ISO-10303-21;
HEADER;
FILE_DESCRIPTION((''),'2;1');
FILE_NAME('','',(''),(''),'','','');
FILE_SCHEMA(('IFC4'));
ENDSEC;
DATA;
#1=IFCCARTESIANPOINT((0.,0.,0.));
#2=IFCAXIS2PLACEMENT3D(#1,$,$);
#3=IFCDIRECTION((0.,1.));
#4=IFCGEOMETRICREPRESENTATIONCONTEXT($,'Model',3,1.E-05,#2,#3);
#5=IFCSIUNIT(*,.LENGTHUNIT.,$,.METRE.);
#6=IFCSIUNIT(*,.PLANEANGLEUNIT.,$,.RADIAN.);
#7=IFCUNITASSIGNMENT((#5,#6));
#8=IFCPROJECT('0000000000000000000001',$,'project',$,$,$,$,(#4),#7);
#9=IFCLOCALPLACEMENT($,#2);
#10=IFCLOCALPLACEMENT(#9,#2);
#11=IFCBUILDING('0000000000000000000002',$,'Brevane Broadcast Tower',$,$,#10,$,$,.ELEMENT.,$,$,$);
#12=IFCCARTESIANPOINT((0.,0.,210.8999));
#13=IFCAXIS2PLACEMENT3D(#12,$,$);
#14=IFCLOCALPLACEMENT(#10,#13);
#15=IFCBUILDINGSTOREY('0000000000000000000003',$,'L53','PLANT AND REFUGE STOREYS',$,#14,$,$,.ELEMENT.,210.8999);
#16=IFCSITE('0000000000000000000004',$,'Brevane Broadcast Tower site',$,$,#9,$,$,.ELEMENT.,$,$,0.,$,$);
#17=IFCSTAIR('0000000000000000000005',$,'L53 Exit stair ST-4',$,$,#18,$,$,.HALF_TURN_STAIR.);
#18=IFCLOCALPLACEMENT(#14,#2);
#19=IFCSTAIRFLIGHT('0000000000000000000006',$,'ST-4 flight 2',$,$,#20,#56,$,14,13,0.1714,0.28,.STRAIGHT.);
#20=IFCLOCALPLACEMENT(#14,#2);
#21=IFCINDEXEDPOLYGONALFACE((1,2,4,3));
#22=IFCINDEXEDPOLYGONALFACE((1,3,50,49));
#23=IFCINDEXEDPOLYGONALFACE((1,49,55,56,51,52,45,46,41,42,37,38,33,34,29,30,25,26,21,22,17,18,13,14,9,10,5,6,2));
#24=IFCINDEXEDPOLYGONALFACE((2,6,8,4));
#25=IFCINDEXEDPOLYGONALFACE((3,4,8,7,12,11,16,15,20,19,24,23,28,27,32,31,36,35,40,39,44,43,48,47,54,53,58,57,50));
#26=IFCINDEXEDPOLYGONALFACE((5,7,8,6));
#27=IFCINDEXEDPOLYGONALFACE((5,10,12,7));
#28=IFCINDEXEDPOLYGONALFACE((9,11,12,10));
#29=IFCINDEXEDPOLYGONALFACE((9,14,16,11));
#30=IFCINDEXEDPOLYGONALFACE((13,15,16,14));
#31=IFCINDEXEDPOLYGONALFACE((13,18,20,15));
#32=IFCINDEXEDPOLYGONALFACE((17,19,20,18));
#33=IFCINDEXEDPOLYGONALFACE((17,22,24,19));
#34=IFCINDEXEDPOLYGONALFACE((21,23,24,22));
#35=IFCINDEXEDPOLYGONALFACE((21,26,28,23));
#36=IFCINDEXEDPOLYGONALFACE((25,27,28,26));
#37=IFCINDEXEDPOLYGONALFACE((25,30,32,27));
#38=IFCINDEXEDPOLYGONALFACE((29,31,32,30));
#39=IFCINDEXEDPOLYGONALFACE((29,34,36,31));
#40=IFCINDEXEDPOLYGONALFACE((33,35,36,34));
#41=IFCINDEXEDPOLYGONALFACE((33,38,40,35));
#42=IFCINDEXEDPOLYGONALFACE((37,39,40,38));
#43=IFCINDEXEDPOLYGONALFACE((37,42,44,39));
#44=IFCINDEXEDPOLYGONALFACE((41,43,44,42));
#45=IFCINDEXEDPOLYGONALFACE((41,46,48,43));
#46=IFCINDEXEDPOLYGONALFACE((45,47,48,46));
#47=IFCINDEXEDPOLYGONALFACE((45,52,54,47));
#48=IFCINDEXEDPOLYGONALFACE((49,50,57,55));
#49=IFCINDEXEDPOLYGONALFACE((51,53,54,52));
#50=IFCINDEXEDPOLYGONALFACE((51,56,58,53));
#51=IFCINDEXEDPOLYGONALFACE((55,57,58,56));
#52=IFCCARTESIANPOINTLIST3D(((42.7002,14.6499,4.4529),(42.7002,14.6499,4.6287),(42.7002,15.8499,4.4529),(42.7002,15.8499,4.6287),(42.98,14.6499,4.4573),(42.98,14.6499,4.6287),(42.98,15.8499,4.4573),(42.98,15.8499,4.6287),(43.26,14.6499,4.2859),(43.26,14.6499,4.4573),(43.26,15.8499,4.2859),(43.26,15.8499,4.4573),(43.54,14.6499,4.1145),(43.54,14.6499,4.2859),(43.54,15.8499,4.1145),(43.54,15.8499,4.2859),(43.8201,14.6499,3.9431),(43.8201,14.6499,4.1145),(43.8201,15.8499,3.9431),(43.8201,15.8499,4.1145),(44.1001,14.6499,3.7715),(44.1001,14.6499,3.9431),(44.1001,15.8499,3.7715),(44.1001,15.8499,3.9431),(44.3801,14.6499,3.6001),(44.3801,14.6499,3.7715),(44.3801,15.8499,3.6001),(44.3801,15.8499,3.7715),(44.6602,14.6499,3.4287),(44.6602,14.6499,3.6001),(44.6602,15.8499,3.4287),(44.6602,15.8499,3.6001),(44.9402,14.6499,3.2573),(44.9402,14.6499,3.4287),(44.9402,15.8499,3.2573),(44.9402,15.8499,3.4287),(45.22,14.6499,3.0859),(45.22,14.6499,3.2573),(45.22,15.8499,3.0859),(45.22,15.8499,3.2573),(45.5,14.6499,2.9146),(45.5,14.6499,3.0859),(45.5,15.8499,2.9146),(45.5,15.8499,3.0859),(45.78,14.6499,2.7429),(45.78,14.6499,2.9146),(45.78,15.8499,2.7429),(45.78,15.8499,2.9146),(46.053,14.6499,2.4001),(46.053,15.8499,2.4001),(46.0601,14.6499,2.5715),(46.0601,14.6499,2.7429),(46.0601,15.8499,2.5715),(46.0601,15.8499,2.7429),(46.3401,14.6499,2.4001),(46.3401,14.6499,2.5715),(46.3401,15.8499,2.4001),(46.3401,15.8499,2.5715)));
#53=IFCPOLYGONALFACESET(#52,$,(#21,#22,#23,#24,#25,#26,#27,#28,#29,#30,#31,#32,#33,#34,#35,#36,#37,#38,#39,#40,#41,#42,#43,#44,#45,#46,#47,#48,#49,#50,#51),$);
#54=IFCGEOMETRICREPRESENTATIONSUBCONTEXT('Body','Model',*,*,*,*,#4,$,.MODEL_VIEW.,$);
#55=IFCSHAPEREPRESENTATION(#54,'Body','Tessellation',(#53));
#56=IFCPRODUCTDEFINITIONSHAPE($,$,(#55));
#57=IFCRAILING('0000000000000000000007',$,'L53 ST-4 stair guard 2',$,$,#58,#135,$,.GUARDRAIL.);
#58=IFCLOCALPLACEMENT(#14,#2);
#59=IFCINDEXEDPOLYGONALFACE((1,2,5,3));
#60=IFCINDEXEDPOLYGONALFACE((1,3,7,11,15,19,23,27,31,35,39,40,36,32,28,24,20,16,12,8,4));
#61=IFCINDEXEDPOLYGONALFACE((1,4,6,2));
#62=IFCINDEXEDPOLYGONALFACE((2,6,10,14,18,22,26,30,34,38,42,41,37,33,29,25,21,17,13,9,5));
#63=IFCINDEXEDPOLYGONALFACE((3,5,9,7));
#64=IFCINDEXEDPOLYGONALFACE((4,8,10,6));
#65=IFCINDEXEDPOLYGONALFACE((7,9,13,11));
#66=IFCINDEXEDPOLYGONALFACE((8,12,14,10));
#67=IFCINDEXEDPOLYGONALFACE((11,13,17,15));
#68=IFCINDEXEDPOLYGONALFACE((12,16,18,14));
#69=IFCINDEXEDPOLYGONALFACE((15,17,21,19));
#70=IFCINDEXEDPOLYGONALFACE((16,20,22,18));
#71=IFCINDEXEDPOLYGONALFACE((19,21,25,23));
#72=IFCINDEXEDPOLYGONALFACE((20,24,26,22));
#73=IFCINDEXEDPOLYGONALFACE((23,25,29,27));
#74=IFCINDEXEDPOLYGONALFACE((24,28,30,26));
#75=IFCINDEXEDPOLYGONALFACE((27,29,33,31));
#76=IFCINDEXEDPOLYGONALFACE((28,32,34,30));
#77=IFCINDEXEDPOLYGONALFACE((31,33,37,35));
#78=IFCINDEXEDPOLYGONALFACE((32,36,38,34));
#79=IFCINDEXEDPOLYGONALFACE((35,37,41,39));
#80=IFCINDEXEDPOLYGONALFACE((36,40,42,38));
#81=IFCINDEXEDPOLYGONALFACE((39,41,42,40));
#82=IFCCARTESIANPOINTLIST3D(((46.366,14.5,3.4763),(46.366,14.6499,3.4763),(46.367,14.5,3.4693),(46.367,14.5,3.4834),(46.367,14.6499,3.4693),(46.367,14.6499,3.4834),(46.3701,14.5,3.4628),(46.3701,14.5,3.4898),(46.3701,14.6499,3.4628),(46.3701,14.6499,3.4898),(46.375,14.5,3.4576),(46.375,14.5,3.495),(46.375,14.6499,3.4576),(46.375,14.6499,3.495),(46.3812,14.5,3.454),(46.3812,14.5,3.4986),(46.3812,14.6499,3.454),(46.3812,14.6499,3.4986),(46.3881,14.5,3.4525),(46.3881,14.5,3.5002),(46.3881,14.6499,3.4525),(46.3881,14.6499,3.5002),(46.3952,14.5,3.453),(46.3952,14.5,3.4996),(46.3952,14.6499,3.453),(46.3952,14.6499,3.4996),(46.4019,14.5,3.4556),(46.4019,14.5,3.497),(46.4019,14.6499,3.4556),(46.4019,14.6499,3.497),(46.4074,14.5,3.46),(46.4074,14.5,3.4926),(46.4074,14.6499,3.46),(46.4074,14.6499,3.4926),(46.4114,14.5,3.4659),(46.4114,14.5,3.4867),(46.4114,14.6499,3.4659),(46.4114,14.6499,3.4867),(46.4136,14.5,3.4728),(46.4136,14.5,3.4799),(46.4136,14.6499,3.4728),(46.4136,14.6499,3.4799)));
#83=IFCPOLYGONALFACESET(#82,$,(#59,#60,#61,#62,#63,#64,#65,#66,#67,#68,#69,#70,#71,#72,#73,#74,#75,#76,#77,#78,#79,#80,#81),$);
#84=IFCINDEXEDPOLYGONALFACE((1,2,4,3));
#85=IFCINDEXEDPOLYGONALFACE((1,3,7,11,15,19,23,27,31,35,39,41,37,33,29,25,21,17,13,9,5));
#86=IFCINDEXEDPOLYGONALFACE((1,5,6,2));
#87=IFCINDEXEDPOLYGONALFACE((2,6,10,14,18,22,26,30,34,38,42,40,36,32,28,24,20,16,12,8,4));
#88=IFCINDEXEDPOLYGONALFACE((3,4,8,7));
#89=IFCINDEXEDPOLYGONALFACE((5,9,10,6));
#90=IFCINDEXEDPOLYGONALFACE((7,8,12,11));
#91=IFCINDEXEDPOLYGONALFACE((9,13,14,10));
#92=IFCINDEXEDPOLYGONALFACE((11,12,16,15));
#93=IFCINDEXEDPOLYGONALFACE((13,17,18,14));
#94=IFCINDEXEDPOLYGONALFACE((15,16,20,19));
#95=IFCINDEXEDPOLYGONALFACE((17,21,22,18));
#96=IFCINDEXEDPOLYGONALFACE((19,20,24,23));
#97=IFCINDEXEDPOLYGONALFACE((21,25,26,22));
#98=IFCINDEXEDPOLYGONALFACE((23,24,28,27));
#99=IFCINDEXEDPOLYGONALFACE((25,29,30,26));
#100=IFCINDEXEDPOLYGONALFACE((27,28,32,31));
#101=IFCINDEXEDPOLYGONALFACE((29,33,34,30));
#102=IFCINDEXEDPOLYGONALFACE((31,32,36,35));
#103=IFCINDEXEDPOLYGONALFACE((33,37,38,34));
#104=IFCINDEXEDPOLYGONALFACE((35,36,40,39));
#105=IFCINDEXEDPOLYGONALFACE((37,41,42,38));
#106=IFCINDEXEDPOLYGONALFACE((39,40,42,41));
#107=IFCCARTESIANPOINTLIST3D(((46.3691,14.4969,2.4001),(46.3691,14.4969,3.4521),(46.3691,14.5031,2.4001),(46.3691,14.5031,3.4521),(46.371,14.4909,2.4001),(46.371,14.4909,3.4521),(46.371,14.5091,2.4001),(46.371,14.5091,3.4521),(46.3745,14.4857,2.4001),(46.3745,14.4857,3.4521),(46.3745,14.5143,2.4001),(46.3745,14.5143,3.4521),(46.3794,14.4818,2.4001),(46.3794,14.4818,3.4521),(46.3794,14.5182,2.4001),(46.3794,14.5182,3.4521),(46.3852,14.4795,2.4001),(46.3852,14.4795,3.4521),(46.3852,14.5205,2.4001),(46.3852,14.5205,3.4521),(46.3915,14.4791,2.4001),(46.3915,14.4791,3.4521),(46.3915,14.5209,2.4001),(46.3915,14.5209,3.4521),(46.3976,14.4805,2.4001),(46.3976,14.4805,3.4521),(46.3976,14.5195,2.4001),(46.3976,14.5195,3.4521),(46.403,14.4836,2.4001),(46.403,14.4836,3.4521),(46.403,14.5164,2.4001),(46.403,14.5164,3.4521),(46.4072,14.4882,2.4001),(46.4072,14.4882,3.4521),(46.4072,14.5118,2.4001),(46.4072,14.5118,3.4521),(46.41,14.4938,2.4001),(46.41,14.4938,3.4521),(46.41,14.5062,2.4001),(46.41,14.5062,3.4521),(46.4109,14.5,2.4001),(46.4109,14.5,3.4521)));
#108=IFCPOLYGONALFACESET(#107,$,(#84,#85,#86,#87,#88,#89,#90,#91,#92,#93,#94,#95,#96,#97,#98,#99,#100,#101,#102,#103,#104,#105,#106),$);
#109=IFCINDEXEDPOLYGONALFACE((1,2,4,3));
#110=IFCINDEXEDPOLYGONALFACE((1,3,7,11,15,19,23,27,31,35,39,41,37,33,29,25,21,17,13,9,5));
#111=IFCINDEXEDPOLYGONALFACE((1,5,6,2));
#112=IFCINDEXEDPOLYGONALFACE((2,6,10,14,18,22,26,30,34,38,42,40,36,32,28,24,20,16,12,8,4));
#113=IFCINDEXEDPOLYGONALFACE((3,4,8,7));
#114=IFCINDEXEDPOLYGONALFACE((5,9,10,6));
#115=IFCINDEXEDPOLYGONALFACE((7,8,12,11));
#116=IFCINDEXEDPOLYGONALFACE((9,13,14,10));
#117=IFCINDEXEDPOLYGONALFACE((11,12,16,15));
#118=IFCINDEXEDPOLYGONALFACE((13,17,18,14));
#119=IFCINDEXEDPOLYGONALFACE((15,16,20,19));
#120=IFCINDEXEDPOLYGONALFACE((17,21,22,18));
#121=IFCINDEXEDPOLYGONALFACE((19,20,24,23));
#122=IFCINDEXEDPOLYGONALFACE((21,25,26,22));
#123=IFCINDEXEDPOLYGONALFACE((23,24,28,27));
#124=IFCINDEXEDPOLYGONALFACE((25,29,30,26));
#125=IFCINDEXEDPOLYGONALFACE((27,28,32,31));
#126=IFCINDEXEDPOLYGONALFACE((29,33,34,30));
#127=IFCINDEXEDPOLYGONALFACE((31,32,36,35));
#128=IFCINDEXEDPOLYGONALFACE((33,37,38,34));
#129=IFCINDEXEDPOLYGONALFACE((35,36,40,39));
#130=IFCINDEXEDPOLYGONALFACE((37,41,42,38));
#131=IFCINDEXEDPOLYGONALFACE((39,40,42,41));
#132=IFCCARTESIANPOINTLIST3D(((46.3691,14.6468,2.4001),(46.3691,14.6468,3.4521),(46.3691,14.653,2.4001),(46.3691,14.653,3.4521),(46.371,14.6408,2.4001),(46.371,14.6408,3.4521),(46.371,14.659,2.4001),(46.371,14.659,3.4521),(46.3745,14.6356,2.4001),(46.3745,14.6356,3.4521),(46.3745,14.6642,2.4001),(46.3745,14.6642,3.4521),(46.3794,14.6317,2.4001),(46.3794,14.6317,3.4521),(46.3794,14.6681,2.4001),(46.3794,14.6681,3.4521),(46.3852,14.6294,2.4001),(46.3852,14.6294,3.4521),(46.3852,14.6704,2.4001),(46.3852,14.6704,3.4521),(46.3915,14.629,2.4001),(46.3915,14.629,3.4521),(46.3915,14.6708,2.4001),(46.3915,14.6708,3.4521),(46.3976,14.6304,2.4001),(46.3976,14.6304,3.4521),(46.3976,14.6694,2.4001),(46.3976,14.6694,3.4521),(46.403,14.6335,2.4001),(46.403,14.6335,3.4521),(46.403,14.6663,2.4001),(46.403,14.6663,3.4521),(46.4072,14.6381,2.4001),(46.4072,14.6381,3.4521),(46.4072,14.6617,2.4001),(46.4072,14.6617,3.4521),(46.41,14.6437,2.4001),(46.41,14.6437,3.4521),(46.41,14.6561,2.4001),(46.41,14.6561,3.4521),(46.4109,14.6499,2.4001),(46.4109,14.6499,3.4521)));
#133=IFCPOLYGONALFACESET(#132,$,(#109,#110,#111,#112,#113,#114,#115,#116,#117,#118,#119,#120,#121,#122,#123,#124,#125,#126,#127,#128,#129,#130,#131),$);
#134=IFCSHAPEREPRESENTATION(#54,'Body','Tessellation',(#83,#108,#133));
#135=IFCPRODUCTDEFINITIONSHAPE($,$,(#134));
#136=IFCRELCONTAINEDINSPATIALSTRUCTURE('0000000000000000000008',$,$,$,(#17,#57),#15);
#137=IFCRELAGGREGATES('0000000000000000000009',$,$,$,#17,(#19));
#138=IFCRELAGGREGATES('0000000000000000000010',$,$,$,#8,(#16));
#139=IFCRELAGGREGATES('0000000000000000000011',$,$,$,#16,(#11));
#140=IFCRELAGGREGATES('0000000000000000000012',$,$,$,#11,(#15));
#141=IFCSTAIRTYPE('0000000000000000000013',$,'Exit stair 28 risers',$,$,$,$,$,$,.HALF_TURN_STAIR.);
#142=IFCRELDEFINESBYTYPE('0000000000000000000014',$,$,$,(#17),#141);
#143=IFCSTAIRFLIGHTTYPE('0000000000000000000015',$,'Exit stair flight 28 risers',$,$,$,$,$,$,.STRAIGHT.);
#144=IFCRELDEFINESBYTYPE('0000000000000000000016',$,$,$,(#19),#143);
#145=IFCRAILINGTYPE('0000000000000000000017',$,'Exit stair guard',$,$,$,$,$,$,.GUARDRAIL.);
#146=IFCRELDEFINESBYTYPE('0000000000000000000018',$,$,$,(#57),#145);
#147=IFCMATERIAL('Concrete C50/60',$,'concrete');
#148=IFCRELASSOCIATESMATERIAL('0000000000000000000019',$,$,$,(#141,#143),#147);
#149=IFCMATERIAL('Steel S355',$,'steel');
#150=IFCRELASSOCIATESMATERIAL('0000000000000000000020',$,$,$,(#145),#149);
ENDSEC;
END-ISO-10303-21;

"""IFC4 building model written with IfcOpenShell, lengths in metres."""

from ifc_helpers import new_model, si_unit, direction, frame, origin, origin_2d, place, context, subcontext, project, spatial, polyline, circle, outline, extrude, material, type_object, element, aggregate, save


model = new_model("IFC4")

# Units and contexts
model_context = context("Model", 3, precision=1e-05, world=origin(), true_north=direction((0.0, 1.0)))
body_context = subcontext(model_context, "Body", "Model", "MODEL_VIEW")
ifc_project = project(units=[si_unit("LENGTHUNIT", "METRE"), si_unit("PLANEANGLEUNIT", "RADIAN")], contexts=[model_context])

# Site, building, storey
site_placement = place(None, origin())
site = spatial("IfcSite", under=ifc_project, at=site_placement, Name="Brevane Broadcast Tower site", CompositionType="ELEMENT", RefElevation=0.0)
building_placement = place(site_placement, origin())
building = spatial("IfcBuilding", under=site, at=building_placement, Name="Brevane Broadcast Tower", CompositionType="ELEMENT")
storey_placement = place(building_placement, frame((0.0, 0.0, 210.8999)))
storey = spatial("IfcBuildingStorey", under=building, at=storey_placement, Name="L53", Description="PLANT AND REFUGE STOREYS", CompositionType="ELEMENT", Elevation=210.8999)

# Shared definitions
ifc_material_1 = material(Name="Concrete C50/60", Category="concrete")

# Shared definitions
ifc_material_2 = material(Name="Steel S355", Category="steel")

# Stair, stair flight
stair_type = type_object("IfcStairType", Name="Exit stair 28 risers", PredefinedType="HALF_TURN_STAIR", material=ifc_material_1)
stair_placement = place(storey_placement, origin())
stair = element("IfcStair", 1, at=stair_placement, inside=storey, type_object=stair_type, Name="L53 Exit stair ST-4", PredefinedType="HALF_TURN_STAIR")
stair_flight_type = type_object("IfcStairFlightType", Name="Exit stair flight 28 risers", PredefinedType="STRAIGHT", material=ifc_material_1)
stair_flight_placement = place(storey_placement, frame((46.3401, 15.25, 2.4001), z_axis=(0.0, 0.0, 1.0), x_axis=(-1.0, 0.0, 0.0)))
stair_flight = element("IfcStairFlight", 2, at=stair_flight_placement, type_object=stair_flight_type, Name="ST-4 flight 2", NumberOfRisers=14, NumberOfTreads=13, PredefinedType="STRAIGHT", RiserHeight=0.1714, TreadLength=0.28, context=body_context, shape_type="SweptSolid", body=[
    extrude(outline(polyline([(0.0, 0.0), (0.0, 0.1714), (0.28, 0.1714), (0.28, 0.3428), (0.5601, 0.3428), (0.5601, 0.5144), (0.8401, 0.5144), (0.8401, 0.6858), (1.1201, 0.6858), (1.1201, 0.8572), (1.3999, 0.8572), (1.3999, 1.0286), (1.6799, 1.0286), (1.6799, 1.2), (1.96, 1.2), (1.96, 1.3713), (2.24, 1.3713), (2.24, 1.543), (2.52, 1.543), (2.52, 1.7144), (2.8, 1.7144), (2.8, 1.8857), (3.0801, 1.8857), (3.0801, 2.0571), (3.3601, 2.0571), (3.3601, 2.2285), (3.6399, 2.2285), (3.6399, 2.3999), (3.6399, 2.0527), (0.2871, 0.0), (0.0, 0.0)])), frame((0.0, 0.6001, 0.0), z_axis=(0.0, -1.0, 0.0), x_axis=(1.0, 0.0, 0.0)), (0.0, 0.0, 1.0), 1.2),
])
aggregate(stair, [stair_flight])

# Railing
railing_type_1 = type_object("IfcRailingType", Name="Exit stair guard", PredefinedType="GUARDRAIL", material=ifc_material_2)
railing_1_placement = place(storey_placement, frame((46.3899, 14.5, 2.4001)))
element("IfcRailing", 3, at=railing_1_placement, inside=storey, type_object=railing_type_1, Name="L53 ST-4 stair guard 2", PredefinedType="GUARDRAIL", context=body_context, shape_type="SweptSolid", body=[
    extrude(circle(Radius=0.0239, at=origin_2d()), frame((0.0, 0.0, 1.0762), z_axis=(0.0, 1.0, 0.0), x_axis=(-1.0, 0.0, 0.0)), (0.0, 0.0, 1.0), 0.1499),
    extrude(circle(Radius=0.021, at=origin_2d()), origin(), (0.0, 0.0, 1.0), 1.052),
    extrude(circle(Radius=0.021, at=origin_2d()), frame((0.0, 0.1499, 0.0)), (0.0, 0.0, 1.0), 1.052),
])

save(model, "model.ifc")
